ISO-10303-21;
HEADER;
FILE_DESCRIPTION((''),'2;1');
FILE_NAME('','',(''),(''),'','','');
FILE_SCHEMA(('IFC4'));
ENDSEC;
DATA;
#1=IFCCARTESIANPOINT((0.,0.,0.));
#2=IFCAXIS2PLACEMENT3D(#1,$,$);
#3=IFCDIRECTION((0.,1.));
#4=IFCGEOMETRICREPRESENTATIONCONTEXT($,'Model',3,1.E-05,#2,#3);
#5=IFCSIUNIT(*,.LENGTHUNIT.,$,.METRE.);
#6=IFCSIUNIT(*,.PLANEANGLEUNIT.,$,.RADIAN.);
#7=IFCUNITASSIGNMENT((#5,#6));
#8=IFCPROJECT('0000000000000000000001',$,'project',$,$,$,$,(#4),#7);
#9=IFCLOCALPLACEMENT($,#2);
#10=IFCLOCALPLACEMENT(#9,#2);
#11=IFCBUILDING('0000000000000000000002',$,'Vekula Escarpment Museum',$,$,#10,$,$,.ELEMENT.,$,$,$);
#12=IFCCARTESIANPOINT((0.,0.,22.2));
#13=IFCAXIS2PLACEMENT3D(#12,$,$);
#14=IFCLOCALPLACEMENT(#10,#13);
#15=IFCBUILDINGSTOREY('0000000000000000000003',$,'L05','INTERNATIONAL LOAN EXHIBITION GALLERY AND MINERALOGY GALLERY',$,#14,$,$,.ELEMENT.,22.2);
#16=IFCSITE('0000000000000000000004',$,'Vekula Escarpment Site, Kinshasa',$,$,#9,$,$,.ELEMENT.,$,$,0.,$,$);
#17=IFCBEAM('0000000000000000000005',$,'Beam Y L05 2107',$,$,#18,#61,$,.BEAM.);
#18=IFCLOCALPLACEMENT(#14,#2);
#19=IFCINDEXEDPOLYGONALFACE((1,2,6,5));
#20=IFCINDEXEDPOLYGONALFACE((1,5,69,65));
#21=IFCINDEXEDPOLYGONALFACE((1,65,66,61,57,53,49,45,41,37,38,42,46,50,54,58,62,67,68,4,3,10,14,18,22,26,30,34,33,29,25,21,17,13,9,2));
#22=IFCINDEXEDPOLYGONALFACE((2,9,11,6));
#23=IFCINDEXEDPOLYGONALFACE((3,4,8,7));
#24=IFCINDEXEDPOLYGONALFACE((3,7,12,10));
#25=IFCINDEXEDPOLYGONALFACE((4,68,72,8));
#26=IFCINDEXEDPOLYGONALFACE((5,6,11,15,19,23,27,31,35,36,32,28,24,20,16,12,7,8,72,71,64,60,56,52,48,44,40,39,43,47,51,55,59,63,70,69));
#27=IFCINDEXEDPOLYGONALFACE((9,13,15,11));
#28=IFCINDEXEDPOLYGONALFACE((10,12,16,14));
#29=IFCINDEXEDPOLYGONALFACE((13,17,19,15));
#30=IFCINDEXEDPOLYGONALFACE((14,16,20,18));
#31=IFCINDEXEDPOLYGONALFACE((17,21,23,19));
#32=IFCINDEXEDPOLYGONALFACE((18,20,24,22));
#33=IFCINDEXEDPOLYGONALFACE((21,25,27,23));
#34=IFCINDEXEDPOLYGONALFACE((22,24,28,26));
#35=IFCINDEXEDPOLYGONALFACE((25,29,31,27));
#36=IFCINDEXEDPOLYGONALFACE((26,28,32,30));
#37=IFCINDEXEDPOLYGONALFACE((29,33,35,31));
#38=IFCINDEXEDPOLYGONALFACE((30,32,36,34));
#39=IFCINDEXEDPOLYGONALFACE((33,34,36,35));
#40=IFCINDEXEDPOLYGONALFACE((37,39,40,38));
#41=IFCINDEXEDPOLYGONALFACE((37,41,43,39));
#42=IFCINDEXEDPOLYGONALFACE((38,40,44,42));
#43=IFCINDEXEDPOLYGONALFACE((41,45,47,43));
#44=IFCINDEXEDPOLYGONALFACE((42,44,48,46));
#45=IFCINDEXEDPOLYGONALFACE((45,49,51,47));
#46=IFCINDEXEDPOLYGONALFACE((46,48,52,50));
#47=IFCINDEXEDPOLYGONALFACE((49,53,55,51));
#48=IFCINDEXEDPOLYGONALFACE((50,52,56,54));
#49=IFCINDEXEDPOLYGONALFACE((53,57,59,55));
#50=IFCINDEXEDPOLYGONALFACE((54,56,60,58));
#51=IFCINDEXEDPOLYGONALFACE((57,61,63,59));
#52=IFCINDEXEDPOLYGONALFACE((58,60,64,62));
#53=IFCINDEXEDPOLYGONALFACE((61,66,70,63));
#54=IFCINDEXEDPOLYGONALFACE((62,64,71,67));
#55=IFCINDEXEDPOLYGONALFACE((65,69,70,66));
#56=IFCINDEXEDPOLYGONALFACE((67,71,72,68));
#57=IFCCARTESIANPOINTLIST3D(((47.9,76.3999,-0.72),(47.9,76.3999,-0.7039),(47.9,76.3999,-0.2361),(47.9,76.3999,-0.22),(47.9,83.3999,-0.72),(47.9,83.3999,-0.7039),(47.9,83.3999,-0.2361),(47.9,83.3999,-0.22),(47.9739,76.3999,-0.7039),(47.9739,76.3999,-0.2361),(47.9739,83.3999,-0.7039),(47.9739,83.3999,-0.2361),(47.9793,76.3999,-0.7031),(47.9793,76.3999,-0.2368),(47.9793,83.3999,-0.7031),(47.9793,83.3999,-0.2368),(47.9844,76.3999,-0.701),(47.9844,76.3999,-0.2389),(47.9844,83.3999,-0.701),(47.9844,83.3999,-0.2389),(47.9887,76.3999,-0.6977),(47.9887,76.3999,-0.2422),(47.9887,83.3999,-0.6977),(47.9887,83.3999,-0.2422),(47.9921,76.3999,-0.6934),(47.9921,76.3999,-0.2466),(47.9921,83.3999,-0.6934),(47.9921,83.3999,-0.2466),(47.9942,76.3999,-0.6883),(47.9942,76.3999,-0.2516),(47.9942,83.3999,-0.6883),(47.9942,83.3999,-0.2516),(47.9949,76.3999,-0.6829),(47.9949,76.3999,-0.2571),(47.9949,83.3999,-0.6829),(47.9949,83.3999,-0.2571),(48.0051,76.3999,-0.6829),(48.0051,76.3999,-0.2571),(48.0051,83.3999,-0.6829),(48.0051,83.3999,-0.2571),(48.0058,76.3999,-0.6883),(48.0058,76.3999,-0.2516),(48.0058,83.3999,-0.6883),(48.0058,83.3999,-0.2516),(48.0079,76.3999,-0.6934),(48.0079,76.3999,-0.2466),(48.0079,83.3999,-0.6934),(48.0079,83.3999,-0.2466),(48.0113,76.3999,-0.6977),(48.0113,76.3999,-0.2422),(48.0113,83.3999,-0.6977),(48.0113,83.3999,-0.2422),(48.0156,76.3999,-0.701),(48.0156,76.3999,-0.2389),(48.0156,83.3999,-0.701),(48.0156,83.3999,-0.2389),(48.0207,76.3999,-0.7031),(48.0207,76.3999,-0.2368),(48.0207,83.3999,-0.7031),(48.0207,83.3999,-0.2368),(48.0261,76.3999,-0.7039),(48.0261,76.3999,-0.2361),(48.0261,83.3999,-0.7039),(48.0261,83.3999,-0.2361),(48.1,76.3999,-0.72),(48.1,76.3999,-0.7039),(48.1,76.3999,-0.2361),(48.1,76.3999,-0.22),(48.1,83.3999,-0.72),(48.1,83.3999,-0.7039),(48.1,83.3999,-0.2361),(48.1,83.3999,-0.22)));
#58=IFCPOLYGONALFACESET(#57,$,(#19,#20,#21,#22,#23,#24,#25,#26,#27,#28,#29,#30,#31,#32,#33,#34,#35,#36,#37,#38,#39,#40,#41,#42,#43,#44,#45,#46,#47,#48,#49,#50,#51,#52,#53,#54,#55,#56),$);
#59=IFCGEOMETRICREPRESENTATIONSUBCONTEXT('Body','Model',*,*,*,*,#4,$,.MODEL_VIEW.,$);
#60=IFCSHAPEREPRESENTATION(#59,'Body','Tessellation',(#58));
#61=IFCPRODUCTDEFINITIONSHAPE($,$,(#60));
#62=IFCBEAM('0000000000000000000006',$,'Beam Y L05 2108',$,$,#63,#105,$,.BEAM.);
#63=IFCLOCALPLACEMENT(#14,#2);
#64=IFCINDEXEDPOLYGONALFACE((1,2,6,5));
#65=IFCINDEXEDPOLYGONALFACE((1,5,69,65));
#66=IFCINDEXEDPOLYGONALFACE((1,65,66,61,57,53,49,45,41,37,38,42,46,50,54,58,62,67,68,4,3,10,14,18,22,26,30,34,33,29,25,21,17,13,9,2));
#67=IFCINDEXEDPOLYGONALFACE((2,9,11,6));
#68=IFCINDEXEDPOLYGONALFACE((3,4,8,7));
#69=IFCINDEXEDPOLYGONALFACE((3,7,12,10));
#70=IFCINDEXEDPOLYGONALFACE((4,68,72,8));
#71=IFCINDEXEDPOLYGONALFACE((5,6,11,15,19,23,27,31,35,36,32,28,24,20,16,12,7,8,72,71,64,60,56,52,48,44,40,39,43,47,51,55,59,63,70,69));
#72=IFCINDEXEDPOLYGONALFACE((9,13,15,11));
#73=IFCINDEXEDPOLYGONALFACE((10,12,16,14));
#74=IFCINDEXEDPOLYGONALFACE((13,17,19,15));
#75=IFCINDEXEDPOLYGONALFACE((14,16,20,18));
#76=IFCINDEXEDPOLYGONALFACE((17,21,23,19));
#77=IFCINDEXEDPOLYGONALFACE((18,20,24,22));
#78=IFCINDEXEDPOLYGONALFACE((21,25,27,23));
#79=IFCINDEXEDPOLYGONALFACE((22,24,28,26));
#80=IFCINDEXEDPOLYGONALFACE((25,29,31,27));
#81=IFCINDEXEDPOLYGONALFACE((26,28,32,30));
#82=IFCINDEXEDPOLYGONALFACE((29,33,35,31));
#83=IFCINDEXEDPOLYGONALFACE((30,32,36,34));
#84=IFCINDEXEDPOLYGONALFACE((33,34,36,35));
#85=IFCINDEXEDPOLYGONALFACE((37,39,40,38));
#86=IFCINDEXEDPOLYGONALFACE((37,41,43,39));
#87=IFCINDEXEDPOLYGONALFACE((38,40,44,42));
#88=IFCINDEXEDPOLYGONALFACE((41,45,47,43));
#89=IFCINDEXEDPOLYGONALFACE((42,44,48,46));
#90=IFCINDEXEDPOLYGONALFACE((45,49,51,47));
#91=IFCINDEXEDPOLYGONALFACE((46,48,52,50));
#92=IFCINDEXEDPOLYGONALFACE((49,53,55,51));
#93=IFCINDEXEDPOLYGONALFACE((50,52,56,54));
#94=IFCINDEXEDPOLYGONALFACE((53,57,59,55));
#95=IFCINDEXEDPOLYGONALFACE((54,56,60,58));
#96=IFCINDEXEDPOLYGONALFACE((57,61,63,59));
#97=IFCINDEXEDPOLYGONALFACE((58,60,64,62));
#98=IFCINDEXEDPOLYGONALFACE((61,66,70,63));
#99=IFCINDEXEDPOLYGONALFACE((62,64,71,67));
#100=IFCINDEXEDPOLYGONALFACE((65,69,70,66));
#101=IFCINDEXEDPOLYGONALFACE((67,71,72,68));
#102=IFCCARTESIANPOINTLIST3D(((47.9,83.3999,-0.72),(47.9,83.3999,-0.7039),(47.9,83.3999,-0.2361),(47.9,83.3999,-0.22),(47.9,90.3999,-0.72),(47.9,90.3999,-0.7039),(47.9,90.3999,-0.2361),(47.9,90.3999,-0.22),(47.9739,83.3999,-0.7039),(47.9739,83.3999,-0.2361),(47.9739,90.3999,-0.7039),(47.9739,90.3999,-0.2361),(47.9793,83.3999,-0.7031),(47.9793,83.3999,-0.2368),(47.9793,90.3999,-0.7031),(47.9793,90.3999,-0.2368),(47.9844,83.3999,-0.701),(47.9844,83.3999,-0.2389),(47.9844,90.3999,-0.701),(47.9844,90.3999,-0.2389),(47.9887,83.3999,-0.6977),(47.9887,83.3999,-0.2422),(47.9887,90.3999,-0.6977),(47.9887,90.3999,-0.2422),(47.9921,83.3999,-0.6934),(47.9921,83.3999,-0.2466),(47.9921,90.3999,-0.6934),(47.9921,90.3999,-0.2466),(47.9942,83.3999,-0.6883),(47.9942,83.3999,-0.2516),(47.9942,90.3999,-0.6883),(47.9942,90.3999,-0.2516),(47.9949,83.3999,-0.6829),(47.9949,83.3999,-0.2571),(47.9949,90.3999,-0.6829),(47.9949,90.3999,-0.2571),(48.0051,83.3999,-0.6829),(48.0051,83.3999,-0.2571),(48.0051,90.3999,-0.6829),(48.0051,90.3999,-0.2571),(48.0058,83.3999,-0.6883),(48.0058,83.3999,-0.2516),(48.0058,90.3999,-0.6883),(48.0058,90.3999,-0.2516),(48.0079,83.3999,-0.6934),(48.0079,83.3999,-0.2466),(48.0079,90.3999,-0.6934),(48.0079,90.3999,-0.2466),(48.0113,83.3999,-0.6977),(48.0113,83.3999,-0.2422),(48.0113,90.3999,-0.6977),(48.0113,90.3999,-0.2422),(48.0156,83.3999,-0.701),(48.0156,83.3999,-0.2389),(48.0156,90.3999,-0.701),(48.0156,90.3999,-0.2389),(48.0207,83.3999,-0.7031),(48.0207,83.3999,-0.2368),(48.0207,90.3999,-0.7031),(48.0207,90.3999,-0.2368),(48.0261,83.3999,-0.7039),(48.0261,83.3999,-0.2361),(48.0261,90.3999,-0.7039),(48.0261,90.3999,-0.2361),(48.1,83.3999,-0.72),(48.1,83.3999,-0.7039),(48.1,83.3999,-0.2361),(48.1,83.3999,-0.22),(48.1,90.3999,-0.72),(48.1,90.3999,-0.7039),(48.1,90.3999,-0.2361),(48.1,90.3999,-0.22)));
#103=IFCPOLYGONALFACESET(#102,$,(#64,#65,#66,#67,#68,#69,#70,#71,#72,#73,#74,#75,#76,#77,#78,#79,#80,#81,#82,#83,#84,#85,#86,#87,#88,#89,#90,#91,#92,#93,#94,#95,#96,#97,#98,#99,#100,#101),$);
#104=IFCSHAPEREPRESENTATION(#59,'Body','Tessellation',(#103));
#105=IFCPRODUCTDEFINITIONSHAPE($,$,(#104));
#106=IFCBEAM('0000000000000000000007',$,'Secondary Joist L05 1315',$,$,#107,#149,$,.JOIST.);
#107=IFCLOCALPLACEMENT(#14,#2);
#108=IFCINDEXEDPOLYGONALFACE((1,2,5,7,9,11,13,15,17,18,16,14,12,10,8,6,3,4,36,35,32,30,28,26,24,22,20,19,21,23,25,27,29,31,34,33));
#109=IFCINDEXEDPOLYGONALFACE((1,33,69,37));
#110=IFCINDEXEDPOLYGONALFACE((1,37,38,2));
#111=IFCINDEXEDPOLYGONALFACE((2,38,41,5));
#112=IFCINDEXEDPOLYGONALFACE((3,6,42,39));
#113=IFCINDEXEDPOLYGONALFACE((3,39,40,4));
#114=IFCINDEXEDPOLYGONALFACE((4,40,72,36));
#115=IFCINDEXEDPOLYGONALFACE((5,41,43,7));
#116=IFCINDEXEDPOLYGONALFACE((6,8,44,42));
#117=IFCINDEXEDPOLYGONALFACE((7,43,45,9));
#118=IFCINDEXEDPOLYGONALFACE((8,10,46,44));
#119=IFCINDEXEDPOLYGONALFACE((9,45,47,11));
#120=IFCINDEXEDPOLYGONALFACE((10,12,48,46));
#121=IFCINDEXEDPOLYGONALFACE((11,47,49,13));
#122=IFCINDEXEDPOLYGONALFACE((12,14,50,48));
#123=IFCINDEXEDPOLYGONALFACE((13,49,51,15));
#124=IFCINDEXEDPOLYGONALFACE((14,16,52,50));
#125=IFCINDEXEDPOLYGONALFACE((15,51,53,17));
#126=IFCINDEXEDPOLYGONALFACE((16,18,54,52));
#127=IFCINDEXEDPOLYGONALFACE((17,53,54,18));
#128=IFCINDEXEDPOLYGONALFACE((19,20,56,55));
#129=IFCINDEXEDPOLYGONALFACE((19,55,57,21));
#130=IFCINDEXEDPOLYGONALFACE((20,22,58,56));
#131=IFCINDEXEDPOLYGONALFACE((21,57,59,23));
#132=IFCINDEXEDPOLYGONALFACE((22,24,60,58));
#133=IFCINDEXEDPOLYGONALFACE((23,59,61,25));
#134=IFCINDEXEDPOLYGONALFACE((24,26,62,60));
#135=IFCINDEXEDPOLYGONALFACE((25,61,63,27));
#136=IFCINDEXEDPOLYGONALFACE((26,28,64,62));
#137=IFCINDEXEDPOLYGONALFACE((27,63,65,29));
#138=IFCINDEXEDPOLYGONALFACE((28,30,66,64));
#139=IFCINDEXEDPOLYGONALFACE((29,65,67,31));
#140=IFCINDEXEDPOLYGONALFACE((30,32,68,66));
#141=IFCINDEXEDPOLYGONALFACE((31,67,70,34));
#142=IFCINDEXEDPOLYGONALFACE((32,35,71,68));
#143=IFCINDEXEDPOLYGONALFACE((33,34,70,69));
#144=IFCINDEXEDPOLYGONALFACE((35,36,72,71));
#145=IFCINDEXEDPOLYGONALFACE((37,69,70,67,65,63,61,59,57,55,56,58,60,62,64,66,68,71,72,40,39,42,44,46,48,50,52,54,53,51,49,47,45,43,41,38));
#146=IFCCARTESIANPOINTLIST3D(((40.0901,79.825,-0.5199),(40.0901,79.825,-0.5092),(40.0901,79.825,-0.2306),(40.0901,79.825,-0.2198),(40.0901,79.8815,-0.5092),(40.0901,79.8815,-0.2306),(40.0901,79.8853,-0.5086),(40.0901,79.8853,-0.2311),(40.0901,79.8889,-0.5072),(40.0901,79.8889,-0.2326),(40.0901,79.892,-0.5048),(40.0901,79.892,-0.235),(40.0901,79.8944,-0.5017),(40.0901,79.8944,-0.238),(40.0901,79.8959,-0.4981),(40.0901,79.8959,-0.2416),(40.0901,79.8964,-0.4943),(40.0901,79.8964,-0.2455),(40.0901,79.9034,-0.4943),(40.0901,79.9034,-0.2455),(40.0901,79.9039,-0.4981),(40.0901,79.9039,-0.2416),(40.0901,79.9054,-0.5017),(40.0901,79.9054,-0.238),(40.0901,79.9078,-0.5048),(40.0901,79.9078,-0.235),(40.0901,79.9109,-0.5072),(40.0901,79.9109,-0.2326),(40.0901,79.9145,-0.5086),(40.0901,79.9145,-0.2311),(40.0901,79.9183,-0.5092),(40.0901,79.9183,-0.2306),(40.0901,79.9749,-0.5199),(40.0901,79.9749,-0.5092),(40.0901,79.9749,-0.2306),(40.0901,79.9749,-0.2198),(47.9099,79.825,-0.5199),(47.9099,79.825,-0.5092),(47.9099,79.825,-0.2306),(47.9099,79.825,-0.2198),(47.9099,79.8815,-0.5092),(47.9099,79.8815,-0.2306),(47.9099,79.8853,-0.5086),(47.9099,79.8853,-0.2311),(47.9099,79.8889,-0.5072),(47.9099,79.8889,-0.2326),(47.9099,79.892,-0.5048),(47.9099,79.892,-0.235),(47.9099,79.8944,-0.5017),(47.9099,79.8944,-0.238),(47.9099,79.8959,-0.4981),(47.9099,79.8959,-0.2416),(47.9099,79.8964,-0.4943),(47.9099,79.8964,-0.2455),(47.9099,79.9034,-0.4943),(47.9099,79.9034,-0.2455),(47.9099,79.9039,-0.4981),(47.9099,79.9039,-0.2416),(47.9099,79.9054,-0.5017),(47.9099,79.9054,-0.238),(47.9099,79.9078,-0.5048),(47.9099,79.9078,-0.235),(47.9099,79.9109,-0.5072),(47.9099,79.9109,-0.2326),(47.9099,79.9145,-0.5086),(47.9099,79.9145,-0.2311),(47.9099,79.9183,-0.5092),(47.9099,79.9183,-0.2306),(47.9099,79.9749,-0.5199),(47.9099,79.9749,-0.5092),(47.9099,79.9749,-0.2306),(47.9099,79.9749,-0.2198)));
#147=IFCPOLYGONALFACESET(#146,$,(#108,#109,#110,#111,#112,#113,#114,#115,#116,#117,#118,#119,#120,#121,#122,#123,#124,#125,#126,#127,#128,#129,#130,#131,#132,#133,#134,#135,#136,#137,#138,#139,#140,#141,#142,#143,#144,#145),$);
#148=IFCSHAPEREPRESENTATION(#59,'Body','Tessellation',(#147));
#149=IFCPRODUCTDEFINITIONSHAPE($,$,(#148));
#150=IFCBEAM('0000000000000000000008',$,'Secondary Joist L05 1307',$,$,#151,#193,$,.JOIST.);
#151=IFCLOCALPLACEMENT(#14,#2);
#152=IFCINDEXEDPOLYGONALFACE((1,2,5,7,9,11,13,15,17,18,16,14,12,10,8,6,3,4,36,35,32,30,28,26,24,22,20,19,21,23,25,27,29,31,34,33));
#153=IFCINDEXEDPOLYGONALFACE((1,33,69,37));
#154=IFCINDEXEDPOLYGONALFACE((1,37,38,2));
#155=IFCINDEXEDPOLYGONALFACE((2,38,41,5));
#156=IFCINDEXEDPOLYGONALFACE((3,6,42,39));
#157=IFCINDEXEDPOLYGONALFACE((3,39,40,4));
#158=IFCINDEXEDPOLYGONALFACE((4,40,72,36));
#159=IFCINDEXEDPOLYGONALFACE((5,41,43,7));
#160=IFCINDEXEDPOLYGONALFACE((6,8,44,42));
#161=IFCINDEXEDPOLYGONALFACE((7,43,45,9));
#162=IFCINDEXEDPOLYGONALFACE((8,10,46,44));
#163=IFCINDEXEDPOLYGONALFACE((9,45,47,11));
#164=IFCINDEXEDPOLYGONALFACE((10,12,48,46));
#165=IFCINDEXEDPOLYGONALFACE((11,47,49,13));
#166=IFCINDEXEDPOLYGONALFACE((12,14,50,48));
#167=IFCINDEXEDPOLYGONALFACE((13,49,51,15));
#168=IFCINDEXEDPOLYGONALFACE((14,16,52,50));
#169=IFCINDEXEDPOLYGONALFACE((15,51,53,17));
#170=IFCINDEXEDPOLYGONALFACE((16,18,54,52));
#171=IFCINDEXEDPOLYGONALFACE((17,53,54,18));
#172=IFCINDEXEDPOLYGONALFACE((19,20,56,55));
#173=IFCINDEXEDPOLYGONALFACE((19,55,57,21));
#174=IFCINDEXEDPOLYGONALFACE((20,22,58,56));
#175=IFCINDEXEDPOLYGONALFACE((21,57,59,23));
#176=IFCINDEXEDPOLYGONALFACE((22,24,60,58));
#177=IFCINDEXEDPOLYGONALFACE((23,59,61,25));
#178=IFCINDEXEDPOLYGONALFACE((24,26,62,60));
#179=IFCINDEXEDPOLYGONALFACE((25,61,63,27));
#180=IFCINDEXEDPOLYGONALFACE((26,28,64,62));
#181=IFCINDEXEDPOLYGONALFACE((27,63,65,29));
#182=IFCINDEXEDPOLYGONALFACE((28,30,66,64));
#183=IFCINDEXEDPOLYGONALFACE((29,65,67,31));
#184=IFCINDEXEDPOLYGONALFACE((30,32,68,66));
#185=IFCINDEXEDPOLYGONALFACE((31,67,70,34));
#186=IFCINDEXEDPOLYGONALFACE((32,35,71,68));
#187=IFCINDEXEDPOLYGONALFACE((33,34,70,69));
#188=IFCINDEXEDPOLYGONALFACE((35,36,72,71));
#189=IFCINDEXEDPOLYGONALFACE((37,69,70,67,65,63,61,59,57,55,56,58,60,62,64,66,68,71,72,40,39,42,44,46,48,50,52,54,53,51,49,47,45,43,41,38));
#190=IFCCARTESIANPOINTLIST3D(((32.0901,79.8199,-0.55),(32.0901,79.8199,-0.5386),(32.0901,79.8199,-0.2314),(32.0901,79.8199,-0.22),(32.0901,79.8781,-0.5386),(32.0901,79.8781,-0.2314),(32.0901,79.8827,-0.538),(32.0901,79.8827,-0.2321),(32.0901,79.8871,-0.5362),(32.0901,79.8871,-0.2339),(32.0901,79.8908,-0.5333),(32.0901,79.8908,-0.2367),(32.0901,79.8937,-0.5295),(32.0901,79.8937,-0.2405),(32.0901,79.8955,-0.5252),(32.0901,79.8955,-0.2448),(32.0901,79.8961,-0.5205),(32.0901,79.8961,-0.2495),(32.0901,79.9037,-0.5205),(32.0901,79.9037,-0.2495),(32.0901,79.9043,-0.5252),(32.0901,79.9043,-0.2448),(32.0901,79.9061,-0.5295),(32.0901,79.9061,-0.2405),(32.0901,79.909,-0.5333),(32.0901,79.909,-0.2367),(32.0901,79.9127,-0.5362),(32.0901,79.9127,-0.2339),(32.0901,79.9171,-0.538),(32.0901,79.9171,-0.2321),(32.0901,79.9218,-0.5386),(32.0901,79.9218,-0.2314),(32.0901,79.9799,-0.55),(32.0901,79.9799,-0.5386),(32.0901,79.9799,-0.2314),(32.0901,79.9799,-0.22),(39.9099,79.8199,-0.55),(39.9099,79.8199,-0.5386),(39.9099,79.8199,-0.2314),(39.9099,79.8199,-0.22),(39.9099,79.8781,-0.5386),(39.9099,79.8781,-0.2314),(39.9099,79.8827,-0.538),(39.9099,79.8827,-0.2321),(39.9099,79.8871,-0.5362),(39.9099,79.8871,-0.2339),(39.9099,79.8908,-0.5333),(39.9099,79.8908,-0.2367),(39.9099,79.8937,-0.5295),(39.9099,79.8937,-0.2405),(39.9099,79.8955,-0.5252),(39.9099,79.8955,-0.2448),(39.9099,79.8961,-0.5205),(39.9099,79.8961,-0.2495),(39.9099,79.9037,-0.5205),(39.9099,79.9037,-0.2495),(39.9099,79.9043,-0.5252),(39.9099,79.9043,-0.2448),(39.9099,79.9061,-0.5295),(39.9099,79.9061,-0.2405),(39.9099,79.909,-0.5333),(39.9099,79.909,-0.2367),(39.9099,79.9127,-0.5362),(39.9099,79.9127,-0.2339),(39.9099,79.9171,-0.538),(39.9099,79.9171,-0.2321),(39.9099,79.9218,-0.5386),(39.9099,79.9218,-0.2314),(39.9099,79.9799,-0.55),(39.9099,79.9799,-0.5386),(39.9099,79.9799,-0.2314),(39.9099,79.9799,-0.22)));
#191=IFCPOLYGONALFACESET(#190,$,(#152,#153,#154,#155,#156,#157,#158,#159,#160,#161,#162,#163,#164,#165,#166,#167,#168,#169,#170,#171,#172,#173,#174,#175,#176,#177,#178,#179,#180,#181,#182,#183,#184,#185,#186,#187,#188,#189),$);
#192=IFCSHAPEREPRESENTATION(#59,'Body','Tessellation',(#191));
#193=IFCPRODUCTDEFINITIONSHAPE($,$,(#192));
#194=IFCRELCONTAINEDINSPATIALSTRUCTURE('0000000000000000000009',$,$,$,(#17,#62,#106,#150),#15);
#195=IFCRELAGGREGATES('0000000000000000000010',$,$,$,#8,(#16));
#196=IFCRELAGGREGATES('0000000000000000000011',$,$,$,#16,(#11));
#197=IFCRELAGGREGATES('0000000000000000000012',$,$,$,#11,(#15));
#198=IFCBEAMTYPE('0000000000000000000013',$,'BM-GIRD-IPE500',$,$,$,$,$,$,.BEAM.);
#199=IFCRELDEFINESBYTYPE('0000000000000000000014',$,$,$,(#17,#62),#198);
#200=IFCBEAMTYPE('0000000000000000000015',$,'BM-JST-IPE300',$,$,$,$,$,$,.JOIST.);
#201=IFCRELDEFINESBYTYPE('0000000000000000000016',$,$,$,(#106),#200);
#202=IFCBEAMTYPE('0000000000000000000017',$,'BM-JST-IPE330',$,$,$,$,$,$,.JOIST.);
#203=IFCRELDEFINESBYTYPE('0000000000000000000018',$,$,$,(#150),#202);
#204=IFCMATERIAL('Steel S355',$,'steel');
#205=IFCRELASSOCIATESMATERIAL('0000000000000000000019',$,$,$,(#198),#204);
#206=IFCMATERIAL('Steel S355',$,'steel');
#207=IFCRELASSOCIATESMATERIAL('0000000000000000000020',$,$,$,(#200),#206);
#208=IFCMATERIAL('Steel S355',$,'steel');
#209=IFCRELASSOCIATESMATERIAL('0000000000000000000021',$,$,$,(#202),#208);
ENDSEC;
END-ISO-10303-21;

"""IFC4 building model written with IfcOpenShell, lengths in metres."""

from ifc_helpers import new_model, si_unit, direction, frame, origin, origin_2d, place, context, subcontext, project, spatial, i_section, extrude, material, material_profile, profile_set, type_object, element, save


model = new_model("IFC4")

# Units and contexts
model_context = context("Model", 3, precision=1e-05, world=origin(), true_north=direction((0.0, 1.0)))
body_context = subcontext(model_context, "Body", "Model", "MODEL_VIEW")
ifc_project = project(units=[si_unit("LENGTHUNIT", "METRE"), si_unit("PLANEANGLEUNIT", "RADIAN")], contexts=[model_context])

# Site, building, storey
site_placement = place(None, origin())
site = spatial("IfcSite", under=ifc_project, at=site_placement, Name="Vekula Escarpment Site, Kinshasa", CompositionType="ELEMENT", RefElevation=0.0)
building_placement = place(site_placement, origin())
building = spatial("IfcBuilding", under=site, at=building_placement, Name="Vekula Escarpment Museum", CompositionType="ELEMENT")
storey_placement = place(building_placement, frame((0.0, 0.0, 22.2)))
storey = spatial("IfcBuildingStorey", under=building, at=storey_placement, Name="L05", Description="INTERNATIONAL LOAN EXHIBITION GALLERY AND MINERALOGY GALLERY", CompositionType="ELEMENT", Elevation=22.2)

# Beams
ifc_material_1 = material(Name="Steel S355", Category="steel")
ifc_material_profile_1 = material_profile(ifc_material_1, i_section(OverallWidth=0.2, OverallDepth=0.5, WebThickness=0.0103, FlangeThickness=0.0161, FilletRadius=0.021, at=origin_2d()), Name="IPE 500")
ifc_profile_set_1 = profile_set([ifc_material_profile_1], Name="Steel S355")
beam_type_1 = type_object("IfcBeamType", Name="BM-GIRD-IPE500", PredefinedType="BEAM", material=ifc_profile_set_1)
for number, where, z_axis, x_axis, name in (
    (1, (48.0, 76.3999, -0.47), (0.0, 1.0, 0.0), (-1.0, 0.0, 0.0), "Beam Y L05 2107"),
    (2, (48.0, 83.3999, -0.47), (0.0, 1.0, 0.0), (-1.0, 0.0, 0.0), "Beam Y L05 2108"),
):
    element("IfcBeam", number, at=place(storey_placement, frame(where, z_axis=z_axis, x_axis=x_axis)), inside=storey, type_object=beam_type_1, Name=name, PredefinedType="BEAM", context=body_context, shape_type="SweptSolid", body=[
        extrude(i_section(OverallWidth=0.2, OverallDepth=0.5, WebThickness=0.0103, FlangeThickness=0.0161, FilletRadius=0.021, at=origin_2d()), origin(), (0.0, 0.0, 1.0), 7.0),
    ])
ifc_material_2 = material(Name="Steel S355", Category="steel")
ifc_material_profile_2 = material_profile(ifc_material_2, i_section(OverallWidth=0.1499, OverallDepth=0.3, WebThickness=0.0071, FlangeThickness=0.0107, FilletRadius=0.0149, at=origin_2d()), Name="IPE 300")
ifc_profile_set_2 = profile_set([ifc_material_profile_2], Name="Steel S355")
beam_type_2 = type_object("IfcBeamType", Name="BM-JST-IPE300", PredefinedType="JOIST", material=ifc_profile_set_2)
beam_1_placement = place(storey_placement, frame((40.0901, 79.8999, -0.3699), z_axis=(1.0, 0.0, 0.0), x_axis=(0.0, 1.0, 0.0)))
element("IfcBeam", 3, at=beam_1_placement, inside=storey, type_object=beam_type_2, Name="Secondary Joist L05 1315", PredefinedType="JOIST", context=body_context, shape_type="SweptSolid", body=[
    extrude(i_section(OverallWidth=0.1499, OverallDepth=0.3, WebThickness=0.0071, FlangeThickness=0.0107, FilletRadius=0.0149, at=origin_2d()), origin(), (0.0, 0.0, 1.0), 7.8198),
])
ifc_material_3 = material(Name="Steel S355", Category="steel")
ifc_material_profile_3 = material_profile(ifc_material_3, i_section(OverallWidth=0.1599, OverallDepth=0.3301, WebThickness=0.0076, FlangeThickness=0.0115, FilletRadius=0.0181, at=origin_2d()), Name="IPE 330")
ifc_profile_set_3 = profile_set([ifc_material_profile_3], Name="Steel S355")
beam_type_3 = type_object("IfcBeamType", Name="BM-JST-IPE330", PredefinedType="JOIST", material=ifc_profile_set_3)
for number, where, z_axis, x_axis, name in (
    (4, (32.0901, 79.8999, -0.385), (1.0, 0.0, 0.0), (0.0, 1.0, 0.0), "Secondary Joist L05 1307"),
):
    element("IfcBeam", number, at=place(storey_placement, frame(where, z_axis=z_axis, x_axis=x_axis)), inside=storey, type_object=beam_type_3, Name=name, PredefinedType="JOIST", context=body_context, shape_type="SweptSolid", body=[
        extrude(i_section(OverallWidth=0.1599, OverallDepth=0.3301, WebThickness=0.0076, FlangeThickness=0.0115, FilletRadius=0.0181, at=origin_2d()), origin(), (0.0, 0.0, 1.0), 7.8198),
    ])

save(model, "model.ifc")
